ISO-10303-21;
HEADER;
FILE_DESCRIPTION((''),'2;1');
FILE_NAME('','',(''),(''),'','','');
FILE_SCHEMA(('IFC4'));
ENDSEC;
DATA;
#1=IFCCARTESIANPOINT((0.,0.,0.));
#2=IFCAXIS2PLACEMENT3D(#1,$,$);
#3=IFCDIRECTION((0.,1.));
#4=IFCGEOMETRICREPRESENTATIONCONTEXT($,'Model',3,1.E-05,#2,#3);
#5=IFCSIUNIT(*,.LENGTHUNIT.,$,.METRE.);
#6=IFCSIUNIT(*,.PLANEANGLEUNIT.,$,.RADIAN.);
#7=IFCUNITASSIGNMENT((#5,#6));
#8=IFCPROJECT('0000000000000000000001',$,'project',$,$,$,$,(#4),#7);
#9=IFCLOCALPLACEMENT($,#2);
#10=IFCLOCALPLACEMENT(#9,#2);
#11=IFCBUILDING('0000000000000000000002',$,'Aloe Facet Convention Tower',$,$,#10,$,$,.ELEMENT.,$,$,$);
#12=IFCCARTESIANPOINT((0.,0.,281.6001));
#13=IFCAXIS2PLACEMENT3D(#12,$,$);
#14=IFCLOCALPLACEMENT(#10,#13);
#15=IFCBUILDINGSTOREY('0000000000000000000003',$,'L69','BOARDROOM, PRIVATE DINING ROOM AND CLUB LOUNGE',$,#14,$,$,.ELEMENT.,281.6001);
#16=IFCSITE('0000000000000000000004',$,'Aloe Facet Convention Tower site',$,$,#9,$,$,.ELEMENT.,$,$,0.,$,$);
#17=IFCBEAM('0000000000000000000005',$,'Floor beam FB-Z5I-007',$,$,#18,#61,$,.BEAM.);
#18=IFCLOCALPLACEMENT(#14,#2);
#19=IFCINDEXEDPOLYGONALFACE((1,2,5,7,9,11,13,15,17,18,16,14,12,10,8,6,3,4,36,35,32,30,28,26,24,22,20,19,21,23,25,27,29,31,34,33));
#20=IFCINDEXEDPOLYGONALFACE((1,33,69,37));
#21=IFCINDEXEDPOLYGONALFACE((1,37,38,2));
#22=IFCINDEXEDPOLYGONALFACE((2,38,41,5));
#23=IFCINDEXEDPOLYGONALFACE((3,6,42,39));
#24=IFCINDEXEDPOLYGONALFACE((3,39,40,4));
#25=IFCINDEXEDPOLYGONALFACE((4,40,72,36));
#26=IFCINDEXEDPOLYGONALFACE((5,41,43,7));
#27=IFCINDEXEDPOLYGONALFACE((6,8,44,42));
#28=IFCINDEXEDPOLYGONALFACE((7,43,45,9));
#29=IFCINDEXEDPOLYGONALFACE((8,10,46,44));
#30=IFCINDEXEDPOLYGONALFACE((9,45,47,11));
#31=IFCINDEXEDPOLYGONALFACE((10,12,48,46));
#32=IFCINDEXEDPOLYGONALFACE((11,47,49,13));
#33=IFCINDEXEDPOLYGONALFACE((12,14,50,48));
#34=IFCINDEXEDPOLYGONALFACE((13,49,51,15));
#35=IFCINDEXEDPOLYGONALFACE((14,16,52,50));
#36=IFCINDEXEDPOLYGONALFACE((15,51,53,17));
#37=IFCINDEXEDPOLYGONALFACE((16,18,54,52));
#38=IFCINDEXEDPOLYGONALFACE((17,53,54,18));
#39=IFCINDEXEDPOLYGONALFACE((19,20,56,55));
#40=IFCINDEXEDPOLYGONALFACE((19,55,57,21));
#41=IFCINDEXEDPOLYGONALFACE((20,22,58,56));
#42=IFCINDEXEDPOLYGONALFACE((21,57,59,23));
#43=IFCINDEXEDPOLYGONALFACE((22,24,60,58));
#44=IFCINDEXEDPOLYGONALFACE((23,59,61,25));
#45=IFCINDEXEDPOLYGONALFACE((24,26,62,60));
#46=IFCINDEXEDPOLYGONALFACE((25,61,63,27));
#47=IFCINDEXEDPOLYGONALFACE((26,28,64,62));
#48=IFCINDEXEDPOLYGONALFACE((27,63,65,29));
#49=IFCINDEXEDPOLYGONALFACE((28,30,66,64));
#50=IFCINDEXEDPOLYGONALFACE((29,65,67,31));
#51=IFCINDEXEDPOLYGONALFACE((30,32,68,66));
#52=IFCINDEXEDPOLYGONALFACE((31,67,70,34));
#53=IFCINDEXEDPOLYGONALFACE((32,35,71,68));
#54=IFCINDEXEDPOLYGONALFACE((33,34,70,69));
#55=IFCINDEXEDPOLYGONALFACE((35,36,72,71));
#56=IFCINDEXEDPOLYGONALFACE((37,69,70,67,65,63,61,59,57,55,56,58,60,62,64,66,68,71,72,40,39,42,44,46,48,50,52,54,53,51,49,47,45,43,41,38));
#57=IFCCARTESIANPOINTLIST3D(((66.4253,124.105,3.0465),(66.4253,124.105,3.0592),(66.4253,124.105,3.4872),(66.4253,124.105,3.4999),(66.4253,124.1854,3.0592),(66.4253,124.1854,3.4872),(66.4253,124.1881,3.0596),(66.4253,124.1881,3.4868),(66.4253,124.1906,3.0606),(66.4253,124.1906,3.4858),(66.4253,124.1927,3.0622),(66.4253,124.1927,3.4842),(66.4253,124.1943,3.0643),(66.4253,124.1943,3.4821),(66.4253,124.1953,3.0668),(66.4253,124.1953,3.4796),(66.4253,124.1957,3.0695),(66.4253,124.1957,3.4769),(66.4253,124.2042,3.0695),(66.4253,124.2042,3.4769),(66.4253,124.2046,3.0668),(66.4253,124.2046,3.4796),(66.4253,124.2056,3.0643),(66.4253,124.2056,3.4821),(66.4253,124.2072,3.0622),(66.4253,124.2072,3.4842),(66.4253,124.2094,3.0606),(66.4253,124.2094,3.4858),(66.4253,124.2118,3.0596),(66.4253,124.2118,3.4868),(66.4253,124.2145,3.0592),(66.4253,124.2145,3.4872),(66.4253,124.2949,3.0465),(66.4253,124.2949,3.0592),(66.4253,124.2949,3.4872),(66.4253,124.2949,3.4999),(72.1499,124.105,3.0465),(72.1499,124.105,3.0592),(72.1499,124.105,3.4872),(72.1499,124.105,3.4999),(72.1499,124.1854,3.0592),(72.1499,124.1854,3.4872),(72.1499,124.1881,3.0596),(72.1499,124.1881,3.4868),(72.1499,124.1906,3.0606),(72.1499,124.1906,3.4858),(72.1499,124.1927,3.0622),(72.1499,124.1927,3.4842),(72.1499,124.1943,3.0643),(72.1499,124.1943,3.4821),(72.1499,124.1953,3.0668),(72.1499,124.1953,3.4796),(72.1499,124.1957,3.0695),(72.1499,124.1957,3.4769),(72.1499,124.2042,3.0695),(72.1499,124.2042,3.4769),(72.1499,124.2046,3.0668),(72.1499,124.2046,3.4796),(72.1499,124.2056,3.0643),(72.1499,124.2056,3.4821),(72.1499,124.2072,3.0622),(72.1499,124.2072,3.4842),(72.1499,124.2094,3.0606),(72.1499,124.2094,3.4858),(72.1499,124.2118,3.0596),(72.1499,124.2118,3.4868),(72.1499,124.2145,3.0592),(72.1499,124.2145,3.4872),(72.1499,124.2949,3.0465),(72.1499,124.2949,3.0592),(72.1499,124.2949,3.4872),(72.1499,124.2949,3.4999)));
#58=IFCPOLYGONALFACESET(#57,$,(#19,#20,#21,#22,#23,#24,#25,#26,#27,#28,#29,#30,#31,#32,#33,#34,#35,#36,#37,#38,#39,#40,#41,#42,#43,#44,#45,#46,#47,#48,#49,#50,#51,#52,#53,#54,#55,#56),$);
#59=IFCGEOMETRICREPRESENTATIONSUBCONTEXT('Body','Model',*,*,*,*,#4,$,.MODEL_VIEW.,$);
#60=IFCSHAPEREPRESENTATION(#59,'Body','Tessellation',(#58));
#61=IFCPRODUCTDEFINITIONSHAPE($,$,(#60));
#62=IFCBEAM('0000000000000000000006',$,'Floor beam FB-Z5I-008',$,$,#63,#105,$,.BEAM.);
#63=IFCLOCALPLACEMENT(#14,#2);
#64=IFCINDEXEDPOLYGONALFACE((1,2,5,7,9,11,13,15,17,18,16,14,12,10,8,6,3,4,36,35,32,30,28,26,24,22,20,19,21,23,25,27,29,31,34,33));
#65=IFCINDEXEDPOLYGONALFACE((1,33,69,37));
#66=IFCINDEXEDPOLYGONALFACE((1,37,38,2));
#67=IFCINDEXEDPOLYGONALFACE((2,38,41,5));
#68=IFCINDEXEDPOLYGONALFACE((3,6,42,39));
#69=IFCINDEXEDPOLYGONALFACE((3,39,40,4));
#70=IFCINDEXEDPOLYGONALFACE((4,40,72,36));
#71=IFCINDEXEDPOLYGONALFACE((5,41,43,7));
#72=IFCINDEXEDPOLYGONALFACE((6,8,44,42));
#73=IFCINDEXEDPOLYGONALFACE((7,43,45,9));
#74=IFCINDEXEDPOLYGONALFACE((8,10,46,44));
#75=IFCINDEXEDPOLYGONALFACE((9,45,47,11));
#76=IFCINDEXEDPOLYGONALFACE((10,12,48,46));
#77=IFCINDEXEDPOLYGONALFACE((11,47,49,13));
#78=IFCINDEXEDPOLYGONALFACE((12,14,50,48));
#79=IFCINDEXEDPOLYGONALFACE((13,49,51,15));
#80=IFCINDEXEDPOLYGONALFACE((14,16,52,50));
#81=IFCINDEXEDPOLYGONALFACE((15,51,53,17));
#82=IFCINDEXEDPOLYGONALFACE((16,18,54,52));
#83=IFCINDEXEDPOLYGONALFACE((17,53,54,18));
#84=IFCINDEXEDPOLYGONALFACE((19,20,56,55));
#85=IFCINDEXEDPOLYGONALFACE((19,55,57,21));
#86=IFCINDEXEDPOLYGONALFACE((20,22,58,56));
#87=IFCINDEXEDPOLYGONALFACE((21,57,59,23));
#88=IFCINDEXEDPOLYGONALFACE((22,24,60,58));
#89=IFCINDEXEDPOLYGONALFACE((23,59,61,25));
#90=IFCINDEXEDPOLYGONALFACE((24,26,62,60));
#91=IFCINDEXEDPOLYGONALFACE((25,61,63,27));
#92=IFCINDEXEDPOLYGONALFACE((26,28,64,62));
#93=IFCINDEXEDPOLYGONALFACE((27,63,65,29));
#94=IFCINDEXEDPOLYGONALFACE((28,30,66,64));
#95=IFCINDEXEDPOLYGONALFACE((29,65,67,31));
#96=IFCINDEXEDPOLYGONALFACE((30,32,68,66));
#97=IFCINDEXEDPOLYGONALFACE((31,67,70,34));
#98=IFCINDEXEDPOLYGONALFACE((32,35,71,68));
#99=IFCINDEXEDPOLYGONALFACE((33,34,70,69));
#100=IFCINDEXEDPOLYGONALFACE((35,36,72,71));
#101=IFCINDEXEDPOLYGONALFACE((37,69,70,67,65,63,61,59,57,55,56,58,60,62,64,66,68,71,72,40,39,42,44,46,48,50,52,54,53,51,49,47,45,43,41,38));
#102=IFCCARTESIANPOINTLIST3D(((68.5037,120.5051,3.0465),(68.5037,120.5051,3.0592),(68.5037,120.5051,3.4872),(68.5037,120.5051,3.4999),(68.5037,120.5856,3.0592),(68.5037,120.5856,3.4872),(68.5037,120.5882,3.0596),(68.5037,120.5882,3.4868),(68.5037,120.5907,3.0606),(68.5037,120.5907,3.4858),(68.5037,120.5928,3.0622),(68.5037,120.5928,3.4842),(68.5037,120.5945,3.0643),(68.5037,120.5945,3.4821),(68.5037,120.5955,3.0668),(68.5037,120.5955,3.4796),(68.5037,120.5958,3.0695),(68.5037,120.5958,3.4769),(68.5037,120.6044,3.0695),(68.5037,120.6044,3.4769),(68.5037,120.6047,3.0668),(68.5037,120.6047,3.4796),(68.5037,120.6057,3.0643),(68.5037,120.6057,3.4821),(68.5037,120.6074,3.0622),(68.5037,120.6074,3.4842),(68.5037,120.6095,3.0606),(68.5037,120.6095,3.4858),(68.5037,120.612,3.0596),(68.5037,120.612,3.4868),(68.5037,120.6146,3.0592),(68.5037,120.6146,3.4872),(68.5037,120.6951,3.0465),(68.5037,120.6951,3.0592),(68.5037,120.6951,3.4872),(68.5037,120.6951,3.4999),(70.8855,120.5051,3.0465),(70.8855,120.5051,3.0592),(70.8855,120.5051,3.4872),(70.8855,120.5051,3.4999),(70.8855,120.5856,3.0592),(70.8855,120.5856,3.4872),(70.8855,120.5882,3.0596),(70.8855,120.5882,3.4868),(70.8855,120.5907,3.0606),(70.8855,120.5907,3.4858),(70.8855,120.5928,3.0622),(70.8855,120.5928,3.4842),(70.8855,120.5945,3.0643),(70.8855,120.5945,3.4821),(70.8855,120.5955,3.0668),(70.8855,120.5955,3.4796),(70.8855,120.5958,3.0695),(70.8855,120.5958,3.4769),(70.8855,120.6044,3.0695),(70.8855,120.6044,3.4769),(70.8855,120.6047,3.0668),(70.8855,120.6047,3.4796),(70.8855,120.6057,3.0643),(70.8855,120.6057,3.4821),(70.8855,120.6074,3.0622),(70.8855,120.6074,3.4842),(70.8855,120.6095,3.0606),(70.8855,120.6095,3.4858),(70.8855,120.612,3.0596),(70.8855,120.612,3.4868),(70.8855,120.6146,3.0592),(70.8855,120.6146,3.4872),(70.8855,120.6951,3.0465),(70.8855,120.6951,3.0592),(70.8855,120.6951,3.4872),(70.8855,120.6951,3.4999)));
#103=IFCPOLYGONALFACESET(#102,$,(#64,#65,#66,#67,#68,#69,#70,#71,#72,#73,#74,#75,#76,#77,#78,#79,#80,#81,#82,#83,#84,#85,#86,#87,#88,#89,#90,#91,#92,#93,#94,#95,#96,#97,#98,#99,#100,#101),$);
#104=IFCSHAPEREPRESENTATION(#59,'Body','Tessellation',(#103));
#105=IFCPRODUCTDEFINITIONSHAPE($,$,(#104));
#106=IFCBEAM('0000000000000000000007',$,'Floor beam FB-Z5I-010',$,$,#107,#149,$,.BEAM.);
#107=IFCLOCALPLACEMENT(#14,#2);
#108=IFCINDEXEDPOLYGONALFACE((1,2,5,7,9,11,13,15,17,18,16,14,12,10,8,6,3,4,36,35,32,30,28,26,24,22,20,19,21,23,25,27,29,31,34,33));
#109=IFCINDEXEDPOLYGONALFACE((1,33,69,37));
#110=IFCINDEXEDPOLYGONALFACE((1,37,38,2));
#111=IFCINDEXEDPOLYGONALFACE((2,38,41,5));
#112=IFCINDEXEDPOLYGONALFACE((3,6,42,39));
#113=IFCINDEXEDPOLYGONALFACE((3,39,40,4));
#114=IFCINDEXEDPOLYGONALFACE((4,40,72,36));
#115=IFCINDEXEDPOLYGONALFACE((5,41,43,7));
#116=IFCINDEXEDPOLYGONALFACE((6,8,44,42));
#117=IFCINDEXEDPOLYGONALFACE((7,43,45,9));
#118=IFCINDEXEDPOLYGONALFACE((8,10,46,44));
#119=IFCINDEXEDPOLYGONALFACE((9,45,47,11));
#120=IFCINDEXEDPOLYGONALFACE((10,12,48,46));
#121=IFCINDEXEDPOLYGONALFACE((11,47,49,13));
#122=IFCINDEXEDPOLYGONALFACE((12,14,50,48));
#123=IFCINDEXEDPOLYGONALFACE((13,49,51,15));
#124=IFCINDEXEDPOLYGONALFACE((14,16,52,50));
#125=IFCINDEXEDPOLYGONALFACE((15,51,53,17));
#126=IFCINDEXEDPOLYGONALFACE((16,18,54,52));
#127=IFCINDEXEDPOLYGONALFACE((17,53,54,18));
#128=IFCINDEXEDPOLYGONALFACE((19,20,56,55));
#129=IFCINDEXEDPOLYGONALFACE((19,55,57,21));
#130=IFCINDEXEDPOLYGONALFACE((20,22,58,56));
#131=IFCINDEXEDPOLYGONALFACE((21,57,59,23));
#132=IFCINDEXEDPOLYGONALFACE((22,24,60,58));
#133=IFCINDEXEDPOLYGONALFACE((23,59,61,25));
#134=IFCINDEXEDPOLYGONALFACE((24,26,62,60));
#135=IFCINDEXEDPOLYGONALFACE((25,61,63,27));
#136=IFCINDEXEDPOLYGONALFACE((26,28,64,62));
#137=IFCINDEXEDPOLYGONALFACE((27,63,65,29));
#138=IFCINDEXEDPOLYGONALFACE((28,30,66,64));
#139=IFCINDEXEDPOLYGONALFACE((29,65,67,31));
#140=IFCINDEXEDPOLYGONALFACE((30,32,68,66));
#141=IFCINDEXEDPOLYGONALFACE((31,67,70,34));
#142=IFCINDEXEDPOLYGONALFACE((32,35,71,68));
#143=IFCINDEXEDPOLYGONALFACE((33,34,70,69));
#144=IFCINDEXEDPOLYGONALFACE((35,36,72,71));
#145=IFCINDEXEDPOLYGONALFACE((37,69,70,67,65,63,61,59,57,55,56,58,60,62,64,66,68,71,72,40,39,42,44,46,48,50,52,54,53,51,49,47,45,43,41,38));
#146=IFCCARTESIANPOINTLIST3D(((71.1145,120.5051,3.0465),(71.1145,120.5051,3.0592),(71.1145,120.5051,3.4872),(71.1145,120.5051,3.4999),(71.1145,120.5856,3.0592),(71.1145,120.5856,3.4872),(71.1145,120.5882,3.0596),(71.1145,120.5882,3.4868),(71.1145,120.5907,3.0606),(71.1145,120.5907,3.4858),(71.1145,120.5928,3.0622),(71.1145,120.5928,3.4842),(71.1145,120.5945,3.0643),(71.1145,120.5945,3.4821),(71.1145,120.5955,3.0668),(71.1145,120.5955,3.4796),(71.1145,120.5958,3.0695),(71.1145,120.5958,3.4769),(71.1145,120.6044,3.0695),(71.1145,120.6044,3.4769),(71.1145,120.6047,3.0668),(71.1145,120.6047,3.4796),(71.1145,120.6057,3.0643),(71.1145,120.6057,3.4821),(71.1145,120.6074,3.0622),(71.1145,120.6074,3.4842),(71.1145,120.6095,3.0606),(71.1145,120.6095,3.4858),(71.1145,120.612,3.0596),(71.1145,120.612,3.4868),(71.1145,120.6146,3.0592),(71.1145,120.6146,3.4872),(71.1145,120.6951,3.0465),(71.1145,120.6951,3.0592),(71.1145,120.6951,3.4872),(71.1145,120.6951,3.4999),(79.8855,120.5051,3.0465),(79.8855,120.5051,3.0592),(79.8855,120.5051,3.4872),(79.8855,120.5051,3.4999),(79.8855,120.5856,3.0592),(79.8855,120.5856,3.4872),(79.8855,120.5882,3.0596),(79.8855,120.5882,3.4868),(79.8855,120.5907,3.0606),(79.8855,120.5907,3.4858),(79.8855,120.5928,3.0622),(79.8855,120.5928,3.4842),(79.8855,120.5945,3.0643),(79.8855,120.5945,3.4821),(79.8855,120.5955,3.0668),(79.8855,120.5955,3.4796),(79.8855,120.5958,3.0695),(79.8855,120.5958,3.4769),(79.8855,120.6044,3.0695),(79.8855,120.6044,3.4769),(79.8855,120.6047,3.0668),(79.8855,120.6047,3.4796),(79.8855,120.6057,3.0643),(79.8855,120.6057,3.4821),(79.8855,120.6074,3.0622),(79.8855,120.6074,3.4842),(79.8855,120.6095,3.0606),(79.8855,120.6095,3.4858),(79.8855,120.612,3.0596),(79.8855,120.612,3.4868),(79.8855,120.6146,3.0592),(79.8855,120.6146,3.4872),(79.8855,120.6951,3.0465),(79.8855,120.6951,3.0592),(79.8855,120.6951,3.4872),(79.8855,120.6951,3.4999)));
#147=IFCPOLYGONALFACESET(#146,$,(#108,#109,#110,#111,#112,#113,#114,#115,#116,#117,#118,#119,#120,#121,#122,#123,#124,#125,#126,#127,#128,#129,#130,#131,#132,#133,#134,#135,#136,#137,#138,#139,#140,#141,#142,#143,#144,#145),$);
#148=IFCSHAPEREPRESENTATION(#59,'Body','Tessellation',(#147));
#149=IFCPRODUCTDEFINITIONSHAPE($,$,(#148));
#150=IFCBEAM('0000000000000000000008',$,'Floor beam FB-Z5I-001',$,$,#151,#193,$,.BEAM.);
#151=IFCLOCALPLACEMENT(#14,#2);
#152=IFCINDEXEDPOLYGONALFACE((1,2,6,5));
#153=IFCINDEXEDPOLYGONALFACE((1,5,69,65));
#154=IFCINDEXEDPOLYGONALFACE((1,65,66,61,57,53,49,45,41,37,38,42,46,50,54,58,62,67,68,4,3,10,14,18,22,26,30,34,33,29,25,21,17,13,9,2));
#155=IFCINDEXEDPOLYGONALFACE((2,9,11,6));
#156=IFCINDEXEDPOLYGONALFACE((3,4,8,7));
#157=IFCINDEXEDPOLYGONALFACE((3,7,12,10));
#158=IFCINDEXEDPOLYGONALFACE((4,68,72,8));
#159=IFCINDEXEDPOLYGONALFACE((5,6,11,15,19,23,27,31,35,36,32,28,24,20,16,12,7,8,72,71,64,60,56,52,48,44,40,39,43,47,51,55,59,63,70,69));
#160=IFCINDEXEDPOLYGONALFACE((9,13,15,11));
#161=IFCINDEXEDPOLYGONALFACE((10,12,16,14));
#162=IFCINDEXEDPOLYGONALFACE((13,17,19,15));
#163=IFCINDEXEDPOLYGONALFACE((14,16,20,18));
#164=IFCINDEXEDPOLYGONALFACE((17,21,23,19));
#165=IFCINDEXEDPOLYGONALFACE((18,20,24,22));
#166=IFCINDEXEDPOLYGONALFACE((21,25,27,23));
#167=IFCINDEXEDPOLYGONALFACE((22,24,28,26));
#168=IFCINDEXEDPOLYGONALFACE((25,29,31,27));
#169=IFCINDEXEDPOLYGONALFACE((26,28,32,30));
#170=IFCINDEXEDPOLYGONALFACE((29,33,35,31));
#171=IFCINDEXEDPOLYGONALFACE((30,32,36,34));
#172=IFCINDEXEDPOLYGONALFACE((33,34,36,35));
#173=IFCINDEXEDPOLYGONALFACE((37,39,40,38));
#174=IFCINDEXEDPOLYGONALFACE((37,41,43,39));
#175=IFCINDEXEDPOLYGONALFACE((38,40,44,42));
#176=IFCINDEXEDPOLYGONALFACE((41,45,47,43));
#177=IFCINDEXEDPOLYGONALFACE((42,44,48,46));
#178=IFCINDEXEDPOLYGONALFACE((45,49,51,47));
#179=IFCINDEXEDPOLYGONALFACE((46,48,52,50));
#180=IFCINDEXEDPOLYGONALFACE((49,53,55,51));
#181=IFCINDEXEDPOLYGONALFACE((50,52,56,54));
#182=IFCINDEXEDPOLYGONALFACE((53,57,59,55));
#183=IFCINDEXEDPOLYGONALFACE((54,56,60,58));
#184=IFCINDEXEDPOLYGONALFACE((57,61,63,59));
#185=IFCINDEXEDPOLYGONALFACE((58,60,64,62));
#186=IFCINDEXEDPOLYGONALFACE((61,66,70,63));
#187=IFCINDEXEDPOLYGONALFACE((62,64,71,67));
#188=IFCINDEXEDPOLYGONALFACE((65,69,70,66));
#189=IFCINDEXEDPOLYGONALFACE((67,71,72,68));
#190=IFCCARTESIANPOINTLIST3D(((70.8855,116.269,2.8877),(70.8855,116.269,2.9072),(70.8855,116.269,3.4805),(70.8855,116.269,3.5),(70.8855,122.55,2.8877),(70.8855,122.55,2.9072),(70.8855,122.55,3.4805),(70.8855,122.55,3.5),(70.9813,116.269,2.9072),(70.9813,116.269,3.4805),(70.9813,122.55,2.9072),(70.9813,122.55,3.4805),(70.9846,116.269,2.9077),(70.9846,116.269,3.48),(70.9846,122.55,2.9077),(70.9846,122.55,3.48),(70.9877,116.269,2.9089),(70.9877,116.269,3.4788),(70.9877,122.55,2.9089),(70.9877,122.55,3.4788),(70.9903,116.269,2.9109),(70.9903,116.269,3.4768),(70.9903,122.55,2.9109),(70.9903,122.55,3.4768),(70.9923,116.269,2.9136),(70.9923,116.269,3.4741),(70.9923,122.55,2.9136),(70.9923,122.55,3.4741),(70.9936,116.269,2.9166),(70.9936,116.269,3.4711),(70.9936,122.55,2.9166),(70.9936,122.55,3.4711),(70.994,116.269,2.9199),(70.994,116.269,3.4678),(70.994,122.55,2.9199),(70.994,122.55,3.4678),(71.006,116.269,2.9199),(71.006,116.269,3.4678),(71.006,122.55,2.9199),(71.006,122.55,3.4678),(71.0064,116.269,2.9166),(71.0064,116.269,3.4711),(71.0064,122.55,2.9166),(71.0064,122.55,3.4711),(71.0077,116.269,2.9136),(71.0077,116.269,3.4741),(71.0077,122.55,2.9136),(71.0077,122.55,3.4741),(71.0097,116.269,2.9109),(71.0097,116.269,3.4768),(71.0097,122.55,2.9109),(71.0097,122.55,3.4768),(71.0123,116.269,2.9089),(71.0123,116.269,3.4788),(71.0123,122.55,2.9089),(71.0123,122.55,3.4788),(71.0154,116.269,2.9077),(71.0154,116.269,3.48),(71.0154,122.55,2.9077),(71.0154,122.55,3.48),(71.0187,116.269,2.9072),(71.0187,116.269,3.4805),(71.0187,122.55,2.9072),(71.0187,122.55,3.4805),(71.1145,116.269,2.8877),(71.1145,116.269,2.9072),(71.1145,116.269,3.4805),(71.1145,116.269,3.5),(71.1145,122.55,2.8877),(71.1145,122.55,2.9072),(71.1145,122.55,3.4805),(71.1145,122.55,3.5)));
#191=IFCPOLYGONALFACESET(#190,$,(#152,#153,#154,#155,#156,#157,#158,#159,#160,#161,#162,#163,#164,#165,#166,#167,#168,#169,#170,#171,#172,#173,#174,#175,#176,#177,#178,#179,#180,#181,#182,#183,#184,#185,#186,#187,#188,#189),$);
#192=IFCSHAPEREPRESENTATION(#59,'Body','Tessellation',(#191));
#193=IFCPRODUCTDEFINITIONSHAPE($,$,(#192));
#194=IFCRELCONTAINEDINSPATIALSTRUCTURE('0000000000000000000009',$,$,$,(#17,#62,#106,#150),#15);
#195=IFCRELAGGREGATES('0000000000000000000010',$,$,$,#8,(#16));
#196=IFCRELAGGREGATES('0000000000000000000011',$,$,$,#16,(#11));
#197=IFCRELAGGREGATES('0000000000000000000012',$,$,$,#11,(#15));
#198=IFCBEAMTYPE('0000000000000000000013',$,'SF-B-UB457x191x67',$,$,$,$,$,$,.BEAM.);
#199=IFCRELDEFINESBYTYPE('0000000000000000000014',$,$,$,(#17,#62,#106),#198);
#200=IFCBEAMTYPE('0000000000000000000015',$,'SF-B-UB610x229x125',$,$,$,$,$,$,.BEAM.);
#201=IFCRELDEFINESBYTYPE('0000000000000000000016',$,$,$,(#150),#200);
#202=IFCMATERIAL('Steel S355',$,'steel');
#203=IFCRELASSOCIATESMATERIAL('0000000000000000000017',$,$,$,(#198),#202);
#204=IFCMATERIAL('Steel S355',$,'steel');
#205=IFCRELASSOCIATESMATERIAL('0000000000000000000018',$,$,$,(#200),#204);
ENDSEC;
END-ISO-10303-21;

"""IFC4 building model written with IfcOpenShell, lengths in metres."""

from ifc_helpers import new_model, si_unit, direction, frame, origin, origin_2d, place, context, subcontext, project, spatial, i_section, extrude, material, material_profile, profile_set, type_object, element, save


model = new_model("IFC4")

# Units and contexts
model_context = context("Model", 3, precision=1e-05, world=origin(), true_north=direction((0.0, 1.0)))
body_context = subcontext(model_context, "Body", "Model", "MODEL_VIEW")
ifc_project = project(units=[si_unit("LENGTHUNIT", "METRE"), si_unit("PLANEANGLEUNIT", "RADIAN")], contexts=[model_context])

# Site, building, storey
site_placement = place(None, origin())
site = spatial("IfcSite", under=ifc_project, at=site_placement, Name="Aloe Facet Convention Tower site", CompositionType="ELEMENT", RefElevation=0.0)
building_placement = place(site_placement, origin())
building = spatial("IfcBuilding", under=site, at=building_placement, Name="Aloe Facet Convention Tower", CompositionType="ELEMENT")
storey_placement = place(building_placement, frame((0.0, 0.0, 281.6001)))
storey = spatial("IfcBuildingStorey", under=building, at=storey_placement, Name="L69", Description="BOARDROOM, PRIVATE DINING ROOM AND CLUB LOUNGE", CompositionType="ELEMENT", Elevation=281.6001)

# Beams
ifc_material_1 = material(Name="Steel S355", Category="steel")
ifc_material_profile_1 = material_profile(ifc_material_1, i_section(OverallWidth=0.1899, OverallDepth=0.4534, WebThickness=0.0085, FlangeThickness=0.0127, FilletRadius=0.0103, at=origin_2d()), Name="UB 457x191x67")
ifc_profile_set_1 = profile_set([ifc_material_profile_1], Name="Steel S355")
beam_type_1 = type_object("IfcBeamType", Name="SF-B-UB457x191x67", PredefinedType="BEAM", material=ifc_profile_set_1)
beam_1_placement = place(storey_placement, frame((66.4253, 124.2, 3.2732), z_axis=(1.0, 0.0, 0.0), x_axis=(0.0, 1.0, 0.0)))
element("IfcBeam", 1, at=beam_1_placement, inside=storey, type_object=beam_type_1, Name="Floor beam FB-Z5I-007", PredefinedType="BEAM", context=body_context, shape_type="SweptSolid", body=[
    extrude(i_section(OverallWidth=0.1899, OverallDepth=0.4534, WebThickness=0.0085, FlangeThickness=0.0127, FilletRadius=0.0103, at=origin_2d()), origin(), (0.0, 0.0, 1.0), 5.7246),
])
beam_2_placement = place(storey_placement, frame((68.5037, 120.6001, 3.2732), z_axis=(1.0, 0.0, 0.0), x_axis=(0.0, 1.0, 0.0)))
element("IfcBeam", 2, at=beam_2_placement, inside=storey, type_object=beam_type_1, Name="Floor beam FB-Z5I-008", PredefinedType="BEAM", context=body_context, shape_type="SweptSolid", body=[
    extrude(i_section(OverallWidth=0.1899, OverallDepth=0.4534, WebThickness=0.0085, FlangeThickness=0.0127, FilletRadius=0.0103, at=origin_2d()), origin(), (0.0, 0.0, 1.0), 2.3818),
])
beam_3_placement = place(storey_placement, frame((71.1145, 120.6001, 3.2732), z_axis=(1.0, 0.0, 0.0), x_axis=(0.0, 1.0, 0.0)))
element("IfcBeam", 3, at=beam_3_placement, inside=storey, type_object=beam_type_1, Name="Floor beam FB-Z5I-010", PredefinedType="BEAM", context=body_context, shape_type="SweptSolid", body=[
    extrude(i_section(OverallWidth=0.1899, OverallDepth=0.4534, WebThickness=0.0085, FlangeThickness=0.0127, FilletRadius=0.0103, at=origin_2d()), origin(), (0.0, 0.0, 1.0), 8.771),
])
ifc_material_2 = material(Name="Steel S355", Category="steel")
ifc_material_profile_2 = material_profile(ifc_material_2, i_section(OverallWidth=0.229, OverallDepth=0.6123, WebThickness=0.012, FlangeThickness=0.0195, FilletRadius=0.0127, at=origin_2d()), Name="UB 610x229x125")
ifc_profile_set_2 = profile_set([ifc_material_profile_2], Name="Steel S355")
beam_type_2 = type_object("IfcBeamType", Name="SF-B-UB610x229x125", PredefinedType="BEAM", material=ifc_profile_set_2)
beam_4_placement = place(storey_placement, frame((71.0, 122.55, 3.1938), z_axis=(0.0, -1.0, 0.0), x_axis=(1.0, 0.0, 0.0)))
element("IfcBeam", 4, at=beam_4_placement, inside=storey, type_object=beam_type_2, Name="Floor beam FB-Z5I-001", PredefinedType="BEAM", context=body_context, shape_type="SweptSolid", body=[
    extrude(i_section(OverallWidth=0.229, OverallDepth=0.6123, WebThickness=0.012, FlangeThickness=0.0195, FilletRadius=0.0127, at=origin_2d()), origin(), (0.0, 0.0, 1.0), 6.281),
])

save(model, "model.ifc")
